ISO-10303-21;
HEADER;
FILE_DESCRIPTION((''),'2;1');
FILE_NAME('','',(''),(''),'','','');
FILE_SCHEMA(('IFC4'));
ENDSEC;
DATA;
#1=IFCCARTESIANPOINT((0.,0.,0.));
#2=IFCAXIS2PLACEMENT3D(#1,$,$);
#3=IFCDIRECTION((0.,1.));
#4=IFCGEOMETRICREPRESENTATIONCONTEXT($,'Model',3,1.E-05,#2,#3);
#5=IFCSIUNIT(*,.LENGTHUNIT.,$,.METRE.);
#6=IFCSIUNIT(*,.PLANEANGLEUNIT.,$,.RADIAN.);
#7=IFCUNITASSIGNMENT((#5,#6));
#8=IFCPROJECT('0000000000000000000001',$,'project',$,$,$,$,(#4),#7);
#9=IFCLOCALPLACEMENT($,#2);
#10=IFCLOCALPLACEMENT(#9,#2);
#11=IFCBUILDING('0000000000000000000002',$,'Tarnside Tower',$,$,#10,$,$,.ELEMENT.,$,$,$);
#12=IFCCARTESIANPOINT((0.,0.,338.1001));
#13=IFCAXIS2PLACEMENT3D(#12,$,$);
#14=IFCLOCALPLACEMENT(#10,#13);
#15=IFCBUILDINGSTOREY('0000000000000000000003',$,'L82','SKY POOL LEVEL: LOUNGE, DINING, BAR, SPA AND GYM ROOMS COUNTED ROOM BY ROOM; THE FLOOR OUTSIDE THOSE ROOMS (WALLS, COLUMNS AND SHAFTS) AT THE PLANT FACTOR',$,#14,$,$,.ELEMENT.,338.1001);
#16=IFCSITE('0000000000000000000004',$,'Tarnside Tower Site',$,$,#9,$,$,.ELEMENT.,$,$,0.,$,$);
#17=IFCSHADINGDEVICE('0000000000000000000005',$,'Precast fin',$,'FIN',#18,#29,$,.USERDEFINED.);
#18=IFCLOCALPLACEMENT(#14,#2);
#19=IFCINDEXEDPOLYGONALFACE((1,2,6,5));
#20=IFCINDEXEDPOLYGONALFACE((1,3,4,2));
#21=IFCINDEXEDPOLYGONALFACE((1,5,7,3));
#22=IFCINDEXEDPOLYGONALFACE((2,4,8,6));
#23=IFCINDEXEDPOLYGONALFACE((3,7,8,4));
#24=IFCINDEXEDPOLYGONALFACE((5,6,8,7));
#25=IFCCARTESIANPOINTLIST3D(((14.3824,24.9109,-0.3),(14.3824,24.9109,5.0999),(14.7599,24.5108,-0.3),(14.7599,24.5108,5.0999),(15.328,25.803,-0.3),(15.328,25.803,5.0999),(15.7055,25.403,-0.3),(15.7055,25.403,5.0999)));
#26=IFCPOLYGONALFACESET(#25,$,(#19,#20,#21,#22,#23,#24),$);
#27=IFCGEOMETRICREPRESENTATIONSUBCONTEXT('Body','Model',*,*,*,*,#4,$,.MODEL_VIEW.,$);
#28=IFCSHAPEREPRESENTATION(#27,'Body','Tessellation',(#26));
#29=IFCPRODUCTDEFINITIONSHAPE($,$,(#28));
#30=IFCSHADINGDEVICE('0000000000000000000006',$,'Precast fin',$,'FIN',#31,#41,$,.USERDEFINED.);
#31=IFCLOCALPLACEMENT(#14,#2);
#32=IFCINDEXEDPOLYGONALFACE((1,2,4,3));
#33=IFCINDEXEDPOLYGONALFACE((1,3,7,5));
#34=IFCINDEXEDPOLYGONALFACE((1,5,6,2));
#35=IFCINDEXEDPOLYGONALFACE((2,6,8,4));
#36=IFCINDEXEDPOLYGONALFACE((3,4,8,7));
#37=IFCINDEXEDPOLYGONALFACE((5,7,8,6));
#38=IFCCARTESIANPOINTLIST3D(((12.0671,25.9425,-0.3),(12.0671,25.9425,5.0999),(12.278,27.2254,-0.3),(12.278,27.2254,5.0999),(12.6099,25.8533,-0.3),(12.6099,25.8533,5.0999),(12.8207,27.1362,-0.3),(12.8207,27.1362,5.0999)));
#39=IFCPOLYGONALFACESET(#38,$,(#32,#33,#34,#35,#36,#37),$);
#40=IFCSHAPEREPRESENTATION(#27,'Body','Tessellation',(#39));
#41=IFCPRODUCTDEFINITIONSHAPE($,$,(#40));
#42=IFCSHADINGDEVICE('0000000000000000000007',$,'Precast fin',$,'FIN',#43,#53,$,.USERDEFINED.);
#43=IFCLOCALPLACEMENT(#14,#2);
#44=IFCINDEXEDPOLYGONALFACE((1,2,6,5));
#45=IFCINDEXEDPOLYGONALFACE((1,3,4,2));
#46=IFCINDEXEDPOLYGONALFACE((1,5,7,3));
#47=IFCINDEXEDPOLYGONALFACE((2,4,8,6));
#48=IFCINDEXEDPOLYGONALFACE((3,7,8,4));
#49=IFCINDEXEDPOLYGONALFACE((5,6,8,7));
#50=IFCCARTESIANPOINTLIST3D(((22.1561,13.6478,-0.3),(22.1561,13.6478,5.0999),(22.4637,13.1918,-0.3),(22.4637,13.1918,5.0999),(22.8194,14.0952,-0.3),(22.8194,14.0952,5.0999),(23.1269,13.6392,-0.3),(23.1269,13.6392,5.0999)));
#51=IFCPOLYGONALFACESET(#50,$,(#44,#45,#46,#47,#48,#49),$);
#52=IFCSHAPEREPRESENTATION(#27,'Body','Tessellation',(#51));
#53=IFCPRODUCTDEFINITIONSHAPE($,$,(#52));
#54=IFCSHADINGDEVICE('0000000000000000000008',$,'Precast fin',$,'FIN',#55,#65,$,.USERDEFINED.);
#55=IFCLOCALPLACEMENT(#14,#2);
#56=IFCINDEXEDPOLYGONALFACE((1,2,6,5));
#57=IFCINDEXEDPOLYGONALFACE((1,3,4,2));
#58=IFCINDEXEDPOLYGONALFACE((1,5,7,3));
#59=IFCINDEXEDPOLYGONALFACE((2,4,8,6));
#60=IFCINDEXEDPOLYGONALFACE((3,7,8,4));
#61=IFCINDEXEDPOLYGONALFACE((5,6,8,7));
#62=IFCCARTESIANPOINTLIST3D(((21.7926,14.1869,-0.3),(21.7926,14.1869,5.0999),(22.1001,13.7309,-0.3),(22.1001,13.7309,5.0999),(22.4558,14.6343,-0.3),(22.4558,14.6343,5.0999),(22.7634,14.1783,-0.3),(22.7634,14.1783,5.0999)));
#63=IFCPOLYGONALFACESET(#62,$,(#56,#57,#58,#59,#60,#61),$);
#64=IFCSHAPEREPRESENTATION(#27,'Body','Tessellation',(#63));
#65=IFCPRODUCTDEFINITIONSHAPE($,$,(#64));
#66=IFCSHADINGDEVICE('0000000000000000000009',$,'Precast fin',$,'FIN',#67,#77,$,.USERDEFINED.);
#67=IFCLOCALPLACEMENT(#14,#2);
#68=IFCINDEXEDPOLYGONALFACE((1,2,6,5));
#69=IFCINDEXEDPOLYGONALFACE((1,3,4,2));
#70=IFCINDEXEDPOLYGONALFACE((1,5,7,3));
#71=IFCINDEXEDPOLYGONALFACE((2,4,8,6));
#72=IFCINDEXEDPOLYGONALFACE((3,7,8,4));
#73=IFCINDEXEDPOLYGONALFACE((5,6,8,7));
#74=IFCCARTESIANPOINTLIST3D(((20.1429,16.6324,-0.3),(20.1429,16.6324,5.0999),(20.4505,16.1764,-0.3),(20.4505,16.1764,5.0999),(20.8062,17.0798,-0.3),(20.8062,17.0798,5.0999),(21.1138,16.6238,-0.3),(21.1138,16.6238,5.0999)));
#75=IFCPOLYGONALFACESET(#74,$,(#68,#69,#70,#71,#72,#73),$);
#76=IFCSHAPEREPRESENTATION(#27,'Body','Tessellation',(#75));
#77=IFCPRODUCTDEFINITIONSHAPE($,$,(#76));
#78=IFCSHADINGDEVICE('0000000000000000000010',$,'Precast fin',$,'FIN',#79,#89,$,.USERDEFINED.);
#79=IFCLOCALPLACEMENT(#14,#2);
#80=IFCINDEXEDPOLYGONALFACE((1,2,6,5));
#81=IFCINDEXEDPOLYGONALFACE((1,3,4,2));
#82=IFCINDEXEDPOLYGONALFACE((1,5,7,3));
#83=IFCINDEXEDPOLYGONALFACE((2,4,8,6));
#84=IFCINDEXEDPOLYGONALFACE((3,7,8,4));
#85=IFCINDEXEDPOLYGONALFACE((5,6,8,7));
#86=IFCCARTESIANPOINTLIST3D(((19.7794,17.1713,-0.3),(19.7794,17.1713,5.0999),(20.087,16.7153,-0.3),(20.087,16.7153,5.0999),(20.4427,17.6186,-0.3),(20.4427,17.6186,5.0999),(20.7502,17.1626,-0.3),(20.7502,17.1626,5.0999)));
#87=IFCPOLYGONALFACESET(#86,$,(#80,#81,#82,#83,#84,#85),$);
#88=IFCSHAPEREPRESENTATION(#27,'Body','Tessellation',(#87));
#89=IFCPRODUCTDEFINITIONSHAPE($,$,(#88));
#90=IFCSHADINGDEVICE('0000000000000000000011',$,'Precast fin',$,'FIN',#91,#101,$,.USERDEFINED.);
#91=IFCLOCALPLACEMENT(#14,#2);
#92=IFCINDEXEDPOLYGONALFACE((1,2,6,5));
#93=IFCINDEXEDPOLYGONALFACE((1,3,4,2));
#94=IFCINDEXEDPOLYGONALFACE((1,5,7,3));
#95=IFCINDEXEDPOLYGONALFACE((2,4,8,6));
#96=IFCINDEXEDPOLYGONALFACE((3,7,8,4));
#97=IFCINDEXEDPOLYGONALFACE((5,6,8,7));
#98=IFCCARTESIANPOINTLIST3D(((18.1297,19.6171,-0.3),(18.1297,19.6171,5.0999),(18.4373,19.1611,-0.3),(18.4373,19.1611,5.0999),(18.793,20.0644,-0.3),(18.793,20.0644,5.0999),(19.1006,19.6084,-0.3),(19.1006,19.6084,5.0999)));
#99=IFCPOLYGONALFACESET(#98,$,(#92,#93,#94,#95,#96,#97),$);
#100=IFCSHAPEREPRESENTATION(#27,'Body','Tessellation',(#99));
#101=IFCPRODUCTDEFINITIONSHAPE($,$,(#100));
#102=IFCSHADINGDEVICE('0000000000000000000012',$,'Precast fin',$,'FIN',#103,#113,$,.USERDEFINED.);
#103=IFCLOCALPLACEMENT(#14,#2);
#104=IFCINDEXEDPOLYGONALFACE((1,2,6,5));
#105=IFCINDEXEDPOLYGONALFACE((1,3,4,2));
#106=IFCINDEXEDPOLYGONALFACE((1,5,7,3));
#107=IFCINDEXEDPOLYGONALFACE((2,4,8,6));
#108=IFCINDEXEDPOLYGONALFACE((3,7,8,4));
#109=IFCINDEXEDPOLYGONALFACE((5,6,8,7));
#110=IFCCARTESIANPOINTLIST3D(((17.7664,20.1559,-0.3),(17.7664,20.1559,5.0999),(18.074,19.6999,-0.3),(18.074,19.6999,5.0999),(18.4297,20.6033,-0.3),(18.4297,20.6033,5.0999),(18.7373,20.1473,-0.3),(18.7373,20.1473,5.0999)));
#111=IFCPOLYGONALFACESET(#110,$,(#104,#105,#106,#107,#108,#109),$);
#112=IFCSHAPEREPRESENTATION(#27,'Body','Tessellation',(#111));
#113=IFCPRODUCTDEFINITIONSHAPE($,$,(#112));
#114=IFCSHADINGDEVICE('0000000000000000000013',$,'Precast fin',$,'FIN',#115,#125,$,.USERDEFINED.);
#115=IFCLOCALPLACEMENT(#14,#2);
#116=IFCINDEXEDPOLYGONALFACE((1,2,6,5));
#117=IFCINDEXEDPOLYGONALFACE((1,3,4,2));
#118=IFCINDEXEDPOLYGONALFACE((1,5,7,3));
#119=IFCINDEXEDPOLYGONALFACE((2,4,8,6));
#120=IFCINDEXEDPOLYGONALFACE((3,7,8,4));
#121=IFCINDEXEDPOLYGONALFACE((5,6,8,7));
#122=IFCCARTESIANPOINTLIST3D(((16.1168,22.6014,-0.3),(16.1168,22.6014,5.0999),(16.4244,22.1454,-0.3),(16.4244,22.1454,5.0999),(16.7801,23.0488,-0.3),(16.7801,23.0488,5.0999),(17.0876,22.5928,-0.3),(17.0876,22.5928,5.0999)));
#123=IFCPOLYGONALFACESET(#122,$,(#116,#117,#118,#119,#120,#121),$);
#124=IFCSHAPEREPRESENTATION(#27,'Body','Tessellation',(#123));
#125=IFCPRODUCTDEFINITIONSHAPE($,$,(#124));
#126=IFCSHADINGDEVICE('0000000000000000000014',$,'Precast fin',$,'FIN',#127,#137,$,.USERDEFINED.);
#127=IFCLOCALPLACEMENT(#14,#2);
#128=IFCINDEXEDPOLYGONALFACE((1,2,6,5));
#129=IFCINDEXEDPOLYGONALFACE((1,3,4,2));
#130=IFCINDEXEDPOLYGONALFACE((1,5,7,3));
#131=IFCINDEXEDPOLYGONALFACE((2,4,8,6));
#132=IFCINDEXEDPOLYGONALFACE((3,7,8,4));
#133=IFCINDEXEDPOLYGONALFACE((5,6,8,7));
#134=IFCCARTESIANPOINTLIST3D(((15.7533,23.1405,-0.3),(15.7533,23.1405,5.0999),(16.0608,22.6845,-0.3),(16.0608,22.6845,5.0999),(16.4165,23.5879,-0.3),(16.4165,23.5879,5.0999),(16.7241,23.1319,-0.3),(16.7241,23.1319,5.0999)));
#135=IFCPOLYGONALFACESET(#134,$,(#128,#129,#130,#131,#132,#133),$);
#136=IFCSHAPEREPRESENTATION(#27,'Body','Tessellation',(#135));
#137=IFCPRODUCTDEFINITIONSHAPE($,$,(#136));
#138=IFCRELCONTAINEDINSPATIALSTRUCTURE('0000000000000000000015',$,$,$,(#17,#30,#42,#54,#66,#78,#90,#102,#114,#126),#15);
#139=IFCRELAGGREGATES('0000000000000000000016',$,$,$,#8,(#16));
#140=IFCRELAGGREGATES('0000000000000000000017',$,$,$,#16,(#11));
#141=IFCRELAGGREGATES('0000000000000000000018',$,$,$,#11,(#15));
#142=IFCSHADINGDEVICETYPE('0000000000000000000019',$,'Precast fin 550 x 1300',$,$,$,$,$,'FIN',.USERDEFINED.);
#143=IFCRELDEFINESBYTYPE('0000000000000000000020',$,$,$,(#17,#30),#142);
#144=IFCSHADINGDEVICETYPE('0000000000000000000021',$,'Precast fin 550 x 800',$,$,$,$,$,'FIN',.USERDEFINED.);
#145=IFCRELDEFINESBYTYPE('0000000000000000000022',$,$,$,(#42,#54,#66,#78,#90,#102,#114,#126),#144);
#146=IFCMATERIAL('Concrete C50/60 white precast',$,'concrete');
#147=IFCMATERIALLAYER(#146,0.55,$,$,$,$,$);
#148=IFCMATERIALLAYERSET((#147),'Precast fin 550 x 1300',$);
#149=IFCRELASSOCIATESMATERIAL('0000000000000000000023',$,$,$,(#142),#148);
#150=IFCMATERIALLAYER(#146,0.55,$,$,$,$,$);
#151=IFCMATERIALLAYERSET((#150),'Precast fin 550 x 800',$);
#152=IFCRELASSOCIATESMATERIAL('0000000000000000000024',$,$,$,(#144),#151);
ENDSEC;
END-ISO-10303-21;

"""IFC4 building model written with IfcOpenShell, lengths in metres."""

from ifc_helpers import new_model, si_unit, direction, frame, origin, place, context, subcontext, project, spatial, polyline, outline, extrude, material, layer, layer_set, type_object, element, save


model = new_model("IFC4")

# Units and contexts
model_context = context("Model", 3, precision=1e-05, world=origin(), true_north=direction((0.0, 1.0)))
body_context = subcontext(model_context, "Body", "Model", "MODEL_VIEW")
ifc_project = project(units=[si_unit("LENGTHUNIT", "METRE"), si_unit("PLANEANGLEUNIT", "RADIAN")], contexts=[model_context])

# Site, building, storey
site_placement = place(None, origin())
site = spatial("IfcSite", under=ifc_project, at=site_placement, Name="Tarnside Tower Site", CompositionType="ELEMENT", RefElevation=0.0)
building_placement = place(site_placement, origin())
building = spatial("IfcBuilding", under=site, at=building_placement, Name="Tarnside Tower", CompositionType="ELEMENT")
storey_placement = place(building_placement, frame((0.0, 0.0, 338.1001)))
storey = spatial("IfcBuildingStorey", under=building, at=storey_placement, Name="L82", Description="SKY POOL LEVEL: LOUNGE, DINING, BAR, SPA AND GYM ROOMS COUNTED ROOM BY ROOM; THE FLOOR OUTSIDE THOSE ROOMS (WALLS, COLUMNS AND SHAFTS) AT THE PLANT FACTOR", CompositionType="ELEMENT", Elevation=338.1001)

# Shading devices
ifc_material_1 = material(Name="Concrete C50/60 white precast", Category="concrete")
ifc_layer_1 = layer(ifc_material_1, 0.55)
ifc_layer_set_1 = layer_set([ifc_layer_1], Name="Precast fin 550 x 1300")
shading_device_type_1 = type_object("IfcShadingDeviceType", Name="Precast fin 550 x 1300", ElementType="FIN", PredefinedType="USERDEFINED", material=ifc_layer_set_1)
for number, where, z_axis, x_axis, name in (
    (1, (14.571, 24.7109, -0.3), (0.686242, -0.727374, 0.0), (0.727374, 0.686242, 0.0), "Precast fin"),
    (2, (12.3384, 25.8979, -0.3), (0.986762, -0.162178, 0.0), (0.162178, 0.986762, 0.0), "Precast fin"),
):
    element("IfcShadingDevice", number, at=place(storey_placement, frame(where, z_axis=z_axis, x_axis=x_axis)), inside=storey, type_object=shading_device_type_1, Name=name, ObjectType="FIN", PredefinedType="USERDEFINED", context=body_context, shape_type="SweptSolid", body=[
        extrude(outline(polyline([(0.0, 0.0), (1.3, 0.0), (1.3, 5.3999), (0.0, 5.3999), (0.0, 0.0)])), frame((0.0, 0.0, -0.2749)), (0.0, 0.0, 1.0), 0.55),
    ])
ifc_layer_2 = layer(ifc_material_1, 0.55)
ifc_layer_set_2 = layer_set([ifc_layer_2], Name="Precast fin 550 x 800")
shading_device_type_2 = type_object("IfcShadingDeviceType", Name="Precast fin 550 x 800", ElementType="FIN", PredefinedType="USERDEFINED", material=ifc_layer_set_2)
for number, where, z_axis, x_axis, name in (
    (3, (22.3098, 13.4199, -0.3), (0.559193, -0.829038, 0.0), (0.829038, 0.559193, 0.0), "Precast fin"),
    (4, (21.9463, 13.959, -0.3), (0.559193, -0.829038, 0.0), (0.829038, 0.559193, 0.0), "Precast fin"),
    (5, (20.2966, 16.4045, -0.3), (0.559193, -0.829038, 0.0), (0.829038, 0.559193, 0.0), "Precast fin"),
    (6, (19.9331, 16.9434, -0.3), (0.559193, -0.829038, 0.0), (0.829038, 0.559193, 0.0), "Precast fin"),
    (7, (18.2834, 19.3892, -0.3), (0.559193, -0.829038, 0.0), (0.829038, 0.559193, 0.0), "Precast fin"),
    (8, (17.9202, 19.928, -0.3), (0.559193, -0.829038, 0.0), (0.829038, 0.559193, 0.0), "Precast fin"),
    (9, (16.2705, 22.3735, -0.3), (0.559193, -0.829038, 0.0), (0.829038, 0.559193, 0.0), "Precast fin"),
    (10, (15.907, 22.9126, -0.3), (0.559193, -0.829038, 0.0), (0.829038, 0.559193, 0.0), "Precast fin"),
):
    element("IfcShadingDevice", number, at=place(storey_placement, frame(where, z_axis=z_axis, x_axis=x_axis)), inside=storey, type_object=shading_device_type_2, Name=name, ObjectType="FIN", PredefinedType="USERDEFINED", context=body_context, shape_type="SweptSolid", body=[
        extrude(outline(polyline([(0.0, 0.0), (0.8, 0.0), (0.8, 5.3999), (0.0, 5.3999), (0.0, 0.0)])), frame((0.0, 0.0, -0.2749)), (0.0, 0.0, 1.0), 0.55),
    ])

save(model, "model.ifc")
